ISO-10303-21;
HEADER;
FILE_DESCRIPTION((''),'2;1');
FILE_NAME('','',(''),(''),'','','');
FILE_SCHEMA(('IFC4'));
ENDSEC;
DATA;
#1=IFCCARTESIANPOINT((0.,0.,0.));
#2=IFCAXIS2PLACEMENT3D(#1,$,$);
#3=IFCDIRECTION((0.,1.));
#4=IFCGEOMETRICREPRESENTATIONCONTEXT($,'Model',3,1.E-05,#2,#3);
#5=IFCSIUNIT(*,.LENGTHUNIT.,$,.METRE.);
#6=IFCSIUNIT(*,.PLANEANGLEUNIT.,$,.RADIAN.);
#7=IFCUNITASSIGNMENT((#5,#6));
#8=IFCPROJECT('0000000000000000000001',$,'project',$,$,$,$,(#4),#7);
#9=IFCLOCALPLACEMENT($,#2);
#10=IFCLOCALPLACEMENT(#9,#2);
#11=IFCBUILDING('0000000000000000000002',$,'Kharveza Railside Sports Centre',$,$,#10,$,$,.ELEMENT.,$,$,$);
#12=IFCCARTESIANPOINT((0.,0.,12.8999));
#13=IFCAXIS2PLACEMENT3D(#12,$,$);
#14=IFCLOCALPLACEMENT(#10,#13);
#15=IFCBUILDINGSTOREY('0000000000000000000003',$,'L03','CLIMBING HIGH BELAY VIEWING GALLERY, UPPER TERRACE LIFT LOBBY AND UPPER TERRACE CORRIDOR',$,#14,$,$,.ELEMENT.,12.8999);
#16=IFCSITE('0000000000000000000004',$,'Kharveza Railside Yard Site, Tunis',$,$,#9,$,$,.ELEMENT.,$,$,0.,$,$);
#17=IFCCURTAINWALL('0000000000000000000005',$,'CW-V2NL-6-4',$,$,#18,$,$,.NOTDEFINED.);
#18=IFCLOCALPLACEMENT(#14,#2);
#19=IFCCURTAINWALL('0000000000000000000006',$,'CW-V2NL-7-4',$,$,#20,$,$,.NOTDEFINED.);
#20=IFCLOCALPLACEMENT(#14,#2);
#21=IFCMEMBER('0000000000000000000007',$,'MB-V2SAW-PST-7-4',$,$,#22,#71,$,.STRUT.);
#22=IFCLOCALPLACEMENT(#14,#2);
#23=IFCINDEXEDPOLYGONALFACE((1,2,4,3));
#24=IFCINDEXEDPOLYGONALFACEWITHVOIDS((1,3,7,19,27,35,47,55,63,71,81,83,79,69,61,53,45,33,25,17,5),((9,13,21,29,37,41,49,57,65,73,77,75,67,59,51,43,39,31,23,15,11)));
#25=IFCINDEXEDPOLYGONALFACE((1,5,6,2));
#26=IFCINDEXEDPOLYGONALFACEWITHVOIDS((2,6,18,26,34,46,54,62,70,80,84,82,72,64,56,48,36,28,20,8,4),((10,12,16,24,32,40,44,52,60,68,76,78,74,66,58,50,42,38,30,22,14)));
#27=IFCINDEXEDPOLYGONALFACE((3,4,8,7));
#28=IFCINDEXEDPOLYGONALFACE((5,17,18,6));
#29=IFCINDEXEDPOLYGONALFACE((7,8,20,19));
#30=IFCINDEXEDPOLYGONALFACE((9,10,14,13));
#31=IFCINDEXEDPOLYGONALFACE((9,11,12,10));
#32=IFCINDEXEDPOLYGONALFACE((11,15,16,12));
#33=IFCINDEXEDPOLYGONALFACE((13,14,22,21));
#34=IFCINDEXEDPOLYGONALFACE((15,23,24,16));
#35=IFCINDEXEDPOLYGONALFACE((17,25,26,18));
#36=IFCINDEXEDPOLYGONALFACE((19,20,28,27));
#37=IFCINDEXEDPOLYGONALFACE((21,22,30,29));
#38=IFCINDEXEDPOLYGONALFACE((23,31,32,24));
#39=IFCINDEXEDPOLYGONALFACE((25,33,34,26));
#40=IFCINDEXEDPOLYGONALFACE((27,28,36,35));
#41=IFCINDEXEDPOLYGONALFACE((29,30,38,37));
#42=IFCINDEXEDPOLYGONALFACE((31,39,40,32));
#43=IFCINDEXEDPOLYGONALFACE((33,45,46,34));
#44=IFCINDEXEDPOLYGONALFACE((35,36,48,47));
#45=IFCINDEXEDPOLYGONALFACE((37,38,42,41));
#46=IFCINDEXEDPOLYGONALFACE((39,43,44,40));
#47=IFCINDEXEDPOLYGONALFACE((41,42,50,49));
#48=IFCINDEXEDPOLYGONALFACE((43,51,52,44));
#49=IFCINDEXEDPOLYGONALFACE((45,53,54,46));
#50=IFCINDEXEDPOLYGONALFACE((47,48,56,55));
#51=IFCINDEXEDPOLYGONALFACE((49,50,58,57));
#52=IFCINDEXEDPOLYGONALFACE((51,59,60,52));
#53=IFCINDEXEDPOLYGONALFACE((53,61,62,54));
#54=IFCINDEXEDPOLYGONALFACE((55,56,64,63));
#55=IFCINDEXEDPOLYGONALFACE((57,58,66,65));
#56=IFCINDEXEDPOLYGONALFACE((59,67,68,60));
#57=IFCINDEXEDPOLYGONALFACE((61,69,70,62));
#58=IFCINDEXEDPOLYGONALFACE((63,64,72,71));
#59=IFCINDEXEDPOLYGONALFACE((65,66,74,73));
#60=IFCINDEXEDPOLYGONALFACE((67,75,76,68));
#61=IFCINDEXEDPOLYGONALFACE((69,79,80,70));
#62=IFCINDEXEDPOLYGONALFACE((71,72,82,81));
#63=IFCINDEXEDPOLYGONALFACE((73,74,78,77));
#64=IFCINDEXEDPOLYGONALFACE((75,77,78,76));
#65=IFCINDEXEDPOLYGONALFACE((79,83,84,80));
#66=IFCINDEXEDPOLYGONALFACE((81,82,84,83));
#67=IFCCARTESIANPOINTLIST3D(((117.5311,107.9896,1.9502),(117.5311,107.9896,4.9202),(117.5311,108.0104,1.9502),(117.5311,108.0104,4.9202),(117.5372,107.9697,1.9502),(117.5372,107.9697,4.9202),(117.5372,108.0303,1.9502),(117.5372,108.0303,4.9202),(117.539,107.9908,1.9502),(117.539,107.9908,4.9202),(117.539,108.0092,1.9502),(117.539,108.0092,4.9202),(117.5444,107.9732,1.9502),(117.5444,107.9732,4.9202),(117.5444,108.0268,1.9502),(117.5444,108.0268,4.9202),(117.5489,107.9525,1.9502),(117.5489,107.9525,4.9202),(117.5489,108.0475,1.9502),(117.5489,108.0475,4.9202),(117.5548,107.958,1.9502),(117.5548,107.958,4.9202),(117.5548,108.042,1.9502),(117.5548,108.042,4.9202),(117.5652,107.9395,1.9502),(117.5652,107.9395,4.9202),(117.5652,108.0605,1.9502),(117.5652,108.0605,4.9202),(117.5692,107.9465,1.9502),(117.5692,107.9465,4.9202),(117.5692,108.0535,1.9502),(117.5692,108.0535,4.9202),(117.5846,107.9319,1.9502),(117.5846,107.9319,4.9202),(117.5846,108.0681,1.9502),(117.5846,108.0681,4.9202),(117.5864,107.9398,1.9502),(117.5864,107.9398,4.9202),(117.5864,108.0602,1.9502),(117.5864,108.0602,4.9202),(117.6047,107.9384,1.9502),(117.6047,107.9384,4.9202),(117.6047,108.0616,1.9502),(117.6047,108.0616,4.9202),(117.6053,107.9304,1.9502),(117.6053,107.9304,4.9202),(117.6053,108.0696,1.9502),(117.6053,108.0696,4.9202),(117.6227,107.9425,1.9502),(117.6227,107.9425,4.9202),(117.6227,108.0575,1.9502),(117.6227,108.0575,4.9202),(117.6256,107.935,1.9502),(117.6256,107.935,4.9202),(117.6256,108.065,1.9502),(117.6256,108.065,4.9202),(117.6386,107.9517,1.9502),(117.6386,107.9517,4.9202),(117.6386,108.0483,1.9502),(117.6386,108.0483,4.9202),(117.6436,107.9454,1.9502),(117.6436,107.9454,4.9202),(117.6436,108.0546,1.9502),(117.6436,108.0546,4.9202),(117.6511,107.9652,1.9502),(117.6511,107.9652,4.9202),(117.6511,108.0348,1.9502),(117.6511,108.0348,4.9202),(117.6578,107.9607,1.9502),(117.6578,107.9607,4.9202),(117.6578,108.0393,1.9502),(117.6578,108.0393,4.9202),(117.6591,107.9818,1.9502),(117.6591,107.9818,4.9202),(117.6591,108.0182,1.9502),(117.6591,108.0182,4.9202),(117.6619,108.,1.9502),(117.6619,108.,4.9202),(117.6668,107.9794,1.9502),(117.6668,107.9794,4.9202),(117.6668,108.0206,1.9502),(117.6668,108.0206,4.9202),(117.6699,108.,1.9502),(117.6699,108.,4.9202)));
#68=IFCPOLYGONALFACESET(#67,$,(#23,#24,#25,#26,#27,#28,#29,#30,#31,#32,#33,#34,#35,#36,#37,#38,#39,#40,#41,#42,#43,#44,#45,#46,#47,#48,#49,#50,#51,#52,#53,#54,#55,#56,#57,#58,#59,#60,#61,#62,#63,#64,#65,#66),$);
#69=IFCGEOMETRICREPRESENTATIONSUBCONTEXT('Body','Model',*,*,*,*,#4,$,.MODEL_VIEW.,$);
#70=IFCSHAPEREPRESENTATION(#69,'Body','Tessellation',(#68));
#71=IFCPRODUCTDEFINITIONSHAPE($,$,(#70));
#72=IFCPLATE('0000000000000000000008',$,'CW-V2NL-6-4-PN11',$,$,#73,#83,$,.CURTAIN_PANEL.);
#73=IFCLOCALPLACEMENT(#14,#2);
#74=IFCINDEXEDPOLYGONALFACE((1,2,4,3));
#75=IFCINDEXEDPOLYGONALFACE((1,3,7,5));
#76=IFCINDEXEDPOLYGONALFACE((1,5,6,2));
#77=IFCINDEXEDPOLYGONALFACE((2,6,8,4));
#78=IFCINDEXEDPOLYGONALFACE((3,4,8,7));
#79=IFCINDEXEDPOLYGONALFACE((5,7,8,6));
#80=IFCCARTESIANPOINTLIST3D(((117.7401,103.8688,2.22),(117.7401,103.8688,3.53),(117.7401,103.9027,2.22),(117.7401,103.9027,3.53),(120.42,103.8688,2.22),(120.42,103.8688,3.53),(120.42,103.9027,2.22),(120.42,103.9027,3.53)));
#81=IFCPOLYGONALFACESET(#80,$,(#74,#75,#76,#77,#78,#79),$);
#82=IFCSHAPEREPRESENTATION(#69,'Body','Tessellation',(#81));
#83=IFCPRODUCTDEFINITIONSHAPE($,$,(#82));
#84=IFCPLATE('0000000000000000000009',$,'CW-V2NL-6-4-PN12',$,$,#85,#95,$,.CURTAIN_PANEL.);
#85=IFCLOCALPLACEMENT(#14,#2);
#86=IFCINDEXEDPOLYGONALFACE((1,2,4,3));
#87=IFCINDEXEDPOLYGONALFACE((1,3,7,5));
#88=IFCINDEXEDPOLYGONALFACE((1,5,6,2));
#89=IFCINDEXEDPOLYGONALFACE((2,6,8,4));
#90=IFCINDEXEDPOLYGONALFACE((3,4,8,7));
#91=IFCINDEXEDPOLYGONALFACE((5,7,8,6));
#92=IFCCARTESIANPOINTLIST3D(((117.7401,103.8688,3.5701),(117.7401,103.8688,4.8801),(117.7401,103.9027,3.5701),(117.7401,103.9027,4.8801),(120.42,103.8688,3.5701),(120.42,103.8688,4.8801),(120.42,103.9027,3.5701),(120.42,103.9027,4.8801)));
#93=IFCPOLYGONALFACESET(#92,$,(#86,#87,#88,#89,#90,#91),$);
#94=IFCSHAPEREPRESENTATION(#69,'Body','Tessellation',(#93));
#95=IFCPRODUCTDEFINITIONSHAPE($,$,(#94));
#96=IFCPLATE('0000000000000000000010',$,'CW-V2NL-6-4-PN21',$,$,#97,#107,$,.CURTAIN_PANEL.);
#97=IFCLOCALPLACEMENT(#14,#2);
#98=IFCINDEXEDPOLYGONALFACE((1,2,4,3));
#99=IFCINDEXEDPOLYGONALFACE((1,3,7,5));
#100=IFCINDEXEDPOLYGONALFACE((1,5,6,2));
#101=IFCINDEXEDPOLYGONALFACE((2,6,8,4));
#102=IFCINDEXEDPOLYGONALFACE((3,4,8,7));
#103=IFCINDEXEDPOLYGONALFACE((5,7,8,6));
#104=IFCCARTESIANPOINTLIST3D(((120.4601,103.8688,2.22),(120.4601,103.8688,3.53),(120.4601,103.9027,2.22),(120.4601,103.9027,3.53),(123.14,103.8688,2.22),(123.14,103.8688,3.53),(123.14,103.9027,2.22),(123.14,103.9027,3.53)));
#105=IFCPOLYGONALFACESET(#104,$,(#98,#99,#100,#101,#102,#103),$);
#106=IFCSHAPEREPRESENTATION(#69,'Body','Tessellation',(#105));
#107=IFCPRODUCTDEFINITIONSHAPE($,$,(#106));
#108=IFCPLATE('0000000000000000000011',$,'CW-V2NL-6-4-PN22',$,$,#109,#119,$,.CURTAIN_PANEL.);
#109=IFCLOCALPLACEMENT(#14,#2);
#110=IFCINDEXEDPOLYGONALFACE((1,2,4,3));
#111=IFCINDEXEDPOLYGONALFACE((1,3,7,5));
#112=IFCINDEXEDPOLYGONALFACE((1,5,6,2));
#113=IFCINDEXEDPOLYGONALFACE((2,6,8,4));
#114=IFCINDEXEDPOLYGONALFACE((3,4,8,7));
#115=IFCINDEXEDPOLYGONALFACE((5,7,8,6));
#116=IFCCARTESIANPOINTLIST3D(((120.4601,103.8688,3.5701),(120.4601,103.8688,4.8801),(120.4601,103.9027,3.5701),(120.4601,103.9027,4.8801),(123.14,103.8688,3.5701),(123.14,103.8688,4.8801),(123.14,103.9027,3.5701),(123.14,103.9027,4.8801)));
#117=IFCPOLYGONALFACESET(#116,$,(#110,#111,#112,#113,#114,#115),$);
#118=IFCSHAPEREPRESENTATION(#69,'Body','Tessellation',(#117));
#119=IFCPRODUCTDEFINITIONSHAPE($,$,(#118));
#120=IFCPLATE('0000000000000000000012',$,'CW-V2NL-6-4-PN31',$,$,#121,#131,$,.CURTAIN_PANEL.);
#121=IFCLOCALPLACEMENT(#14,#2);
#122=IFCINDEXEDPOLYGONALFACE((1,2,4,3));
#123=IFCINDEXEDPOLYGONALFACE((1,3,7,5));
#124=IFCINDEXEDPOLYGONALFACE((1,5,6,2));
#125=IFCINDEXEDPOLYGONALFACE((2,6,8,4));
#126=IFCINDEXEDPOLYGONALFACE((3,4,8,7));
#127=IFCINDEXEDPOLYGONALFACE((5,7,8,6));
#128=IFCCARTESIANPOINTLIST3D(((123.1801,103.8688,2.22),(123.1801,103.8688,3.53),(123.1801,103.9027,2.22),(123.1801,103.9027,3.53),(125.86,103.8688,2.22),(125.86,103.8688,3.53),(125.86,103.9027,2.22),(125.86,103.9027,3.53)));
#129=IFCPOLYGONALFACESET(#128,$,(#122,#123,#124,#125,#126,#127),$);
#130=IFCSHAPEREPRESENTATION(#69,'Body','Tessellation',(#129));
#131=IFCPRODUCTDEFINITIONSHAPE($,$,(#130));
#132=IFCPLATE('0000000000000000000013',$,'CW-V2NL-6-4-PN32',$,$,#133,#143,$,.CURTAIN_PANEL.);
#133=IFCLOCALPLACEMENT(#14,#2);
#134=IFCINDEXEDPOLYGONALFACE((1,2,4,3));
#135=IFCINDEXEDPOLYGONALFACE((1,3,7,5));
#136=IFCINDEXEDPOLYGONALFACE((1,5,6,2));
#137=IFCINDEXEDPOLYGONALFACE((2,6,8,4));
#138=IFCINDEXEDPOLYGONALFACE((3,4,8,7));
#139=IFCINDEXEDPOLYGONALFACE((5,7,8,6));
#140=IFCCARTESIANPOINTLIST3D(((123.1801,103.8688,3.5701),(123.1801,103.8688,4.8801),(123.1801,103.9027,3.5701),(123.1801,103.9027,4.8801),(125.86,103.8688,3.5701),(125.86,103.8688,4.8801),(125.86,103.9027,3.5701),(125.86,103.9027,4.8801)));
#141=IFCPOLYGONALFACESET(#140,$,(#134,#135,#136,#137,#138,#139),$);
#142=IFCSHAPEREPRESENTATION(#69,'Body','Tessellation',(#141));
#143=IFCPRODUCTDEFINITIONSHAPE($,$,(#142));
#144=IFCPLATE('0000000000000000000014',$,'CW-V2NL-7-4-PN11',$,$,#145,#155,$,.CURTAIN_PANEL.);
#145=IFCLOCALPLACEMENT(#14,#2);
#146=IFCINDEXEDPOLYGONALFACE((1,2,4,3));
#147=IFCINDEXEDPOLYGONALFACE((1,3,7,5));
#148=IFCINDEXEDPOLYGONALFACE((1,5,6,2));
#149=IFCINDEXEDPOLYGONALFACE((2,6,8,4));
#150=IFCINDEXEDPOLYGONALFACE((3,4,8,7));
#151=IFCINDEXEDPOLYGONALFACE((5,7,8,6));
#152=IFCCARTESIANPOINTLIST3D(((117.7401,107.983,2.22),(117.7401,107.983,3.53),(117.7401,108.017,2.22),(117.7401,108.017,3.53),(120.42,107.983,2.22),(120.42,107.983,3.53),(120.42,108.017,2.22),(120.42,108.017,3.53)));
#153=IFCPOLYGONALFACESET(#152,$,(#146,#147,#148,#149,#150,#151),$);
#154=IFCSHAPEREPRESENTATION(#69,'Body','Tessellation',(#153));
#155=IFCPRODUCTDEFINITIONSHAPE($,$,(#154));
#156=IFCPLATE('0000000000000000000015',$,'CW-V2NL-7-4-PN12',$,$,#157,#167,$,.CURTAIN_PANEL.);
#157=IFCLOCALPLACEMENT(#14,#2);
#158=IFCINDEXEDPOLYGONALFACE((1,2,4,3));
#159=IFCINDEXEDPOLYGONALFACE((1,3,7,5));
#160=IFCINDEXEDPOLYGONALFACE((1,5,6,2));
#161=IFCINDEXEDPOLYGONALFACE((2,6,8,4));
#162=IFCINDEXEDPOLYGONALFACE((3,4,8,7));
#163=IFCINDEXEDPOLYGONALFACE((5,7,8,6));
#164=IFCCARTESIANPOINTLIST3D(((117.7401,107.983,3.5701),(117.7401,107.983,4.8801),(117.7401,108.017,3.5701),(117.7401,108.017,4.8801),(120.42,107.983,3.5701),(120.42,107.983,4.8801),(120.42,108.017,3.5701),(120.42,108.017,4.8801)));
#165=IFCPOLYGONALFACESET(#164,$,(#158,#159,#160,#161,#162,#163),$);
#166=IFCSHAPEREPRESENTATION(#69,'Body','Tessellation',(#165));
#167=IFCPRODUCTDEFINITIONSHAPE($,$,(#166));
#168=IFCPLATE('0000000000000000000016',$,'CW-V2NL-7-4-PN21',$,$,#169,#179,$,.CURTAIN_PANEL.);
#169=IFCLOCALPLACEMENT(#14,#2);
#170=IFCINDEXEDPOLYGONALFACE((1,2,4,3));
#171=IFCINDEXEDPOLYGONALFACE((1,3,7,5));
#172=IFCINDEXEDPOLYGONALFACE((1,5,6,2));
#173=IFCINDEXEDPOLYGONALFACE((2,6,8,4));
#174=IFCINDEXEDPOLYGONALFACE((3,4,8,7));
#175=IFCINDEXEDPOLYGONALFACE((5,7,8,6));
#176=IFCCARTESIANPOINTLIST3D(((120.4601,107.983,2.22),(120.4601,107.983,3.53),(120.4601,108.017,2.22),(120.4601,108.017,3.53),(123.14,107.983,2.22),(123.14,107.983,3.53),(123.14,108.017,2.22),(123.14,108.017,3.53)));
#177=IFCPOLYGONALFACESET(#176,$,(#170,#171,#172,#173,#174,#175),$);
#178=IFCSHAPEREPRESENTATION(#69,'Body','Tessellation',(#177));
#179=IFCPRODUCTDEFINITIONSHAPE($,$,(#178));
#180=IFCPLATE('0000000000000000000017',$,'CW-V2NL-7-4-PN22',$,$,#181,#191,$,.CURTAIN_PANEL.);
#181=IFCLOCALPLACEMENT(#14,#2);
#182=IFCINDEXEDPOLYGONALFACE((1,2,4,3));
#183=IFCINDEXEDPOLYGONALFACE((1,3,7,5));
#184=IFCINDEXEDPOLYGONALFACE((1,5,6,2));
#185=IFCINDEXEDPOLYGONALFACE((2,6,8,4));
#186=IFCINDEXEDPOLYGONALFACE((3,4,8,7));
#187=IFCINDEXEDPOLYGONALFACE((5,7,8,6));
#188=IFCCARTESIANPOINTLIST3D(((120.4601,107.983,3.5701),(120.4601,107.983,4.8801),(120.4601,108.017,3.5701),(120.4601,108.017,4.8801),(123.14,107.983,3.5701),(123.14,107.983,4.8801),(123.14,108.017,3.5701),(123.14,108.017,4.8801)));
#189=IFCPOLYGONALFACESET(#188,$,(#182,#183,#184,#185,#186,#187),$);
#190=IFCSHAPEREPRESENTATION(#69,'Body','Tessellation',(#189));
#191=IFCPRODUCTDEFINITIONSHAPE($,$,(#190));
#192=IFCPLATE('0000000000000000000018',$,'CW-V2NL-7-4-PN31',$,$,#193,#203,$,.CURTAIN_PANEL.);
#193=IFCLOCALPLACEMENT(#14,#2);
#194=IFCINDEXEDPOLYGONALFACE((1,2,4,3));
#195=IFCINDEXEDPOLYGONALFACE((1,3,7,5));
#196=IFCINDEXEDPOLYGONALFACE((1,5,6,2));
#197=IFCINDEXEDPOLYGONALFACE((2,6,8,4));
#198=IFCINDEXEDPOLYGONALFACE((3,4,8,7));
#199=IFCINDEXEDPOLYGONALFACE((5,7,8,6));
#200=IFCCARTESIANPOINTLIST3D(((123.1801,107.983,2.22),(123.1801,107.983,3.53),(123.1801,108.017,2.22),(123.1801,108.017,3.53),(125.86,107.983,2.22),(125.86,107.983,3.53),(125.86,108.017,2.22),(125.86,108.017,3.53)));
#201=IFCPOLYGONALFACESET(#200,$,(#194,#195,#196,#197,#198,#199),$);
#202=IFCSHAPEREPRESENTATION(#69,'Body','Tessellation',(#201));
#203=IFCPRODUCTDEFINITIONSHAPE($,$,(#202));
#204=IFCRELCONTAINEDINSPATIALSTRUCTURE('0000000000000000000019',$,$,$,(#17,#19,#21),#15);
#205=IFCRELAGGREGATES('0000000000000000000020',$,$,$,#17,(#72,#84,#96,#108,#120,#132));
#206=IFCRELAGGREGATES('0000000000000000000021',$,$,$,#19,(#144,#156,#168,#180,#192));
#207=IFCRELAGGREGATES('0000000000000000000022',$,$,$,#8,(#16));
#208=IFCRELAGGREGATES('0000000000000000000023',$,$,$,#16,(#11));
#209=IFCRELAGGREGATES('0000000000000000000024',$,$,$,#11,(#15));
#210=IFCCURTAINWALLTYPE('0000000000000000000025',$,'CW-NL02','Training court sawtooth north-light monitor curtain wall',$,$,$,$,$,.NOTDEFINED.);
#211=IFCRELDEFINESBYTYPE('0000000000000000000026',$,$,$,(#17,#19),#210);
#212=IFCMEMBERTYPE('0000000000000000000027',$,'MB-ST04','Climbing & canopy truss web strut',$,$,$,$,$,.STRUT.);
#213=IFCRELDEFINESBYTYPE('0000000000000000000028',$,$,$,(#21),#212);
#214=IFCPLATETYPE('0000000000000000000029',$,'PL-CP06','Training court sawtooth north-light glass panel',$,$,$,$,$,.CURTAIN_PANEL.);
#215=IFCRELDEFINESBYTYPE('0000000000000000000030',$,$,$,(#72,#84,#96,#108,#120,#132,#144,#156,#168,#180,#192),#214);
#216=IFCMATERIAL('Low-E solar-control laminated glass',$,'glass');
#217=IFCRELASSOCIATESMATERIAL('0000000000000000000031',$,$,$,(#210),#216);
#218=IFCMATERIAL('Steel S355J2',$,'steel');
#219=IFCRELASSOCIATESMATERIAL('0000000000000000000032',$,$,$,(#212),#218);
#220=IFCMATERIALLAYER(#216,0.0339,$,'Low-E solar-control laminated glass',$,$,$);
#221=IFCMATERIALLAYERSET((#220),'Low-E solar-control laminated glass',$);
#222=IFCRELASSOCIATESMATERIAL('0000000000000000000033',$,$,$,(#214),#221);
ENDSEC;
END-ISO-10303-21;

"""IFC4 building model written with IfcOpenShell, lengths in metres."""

from ifc_helpers import new_model, si_unit, direction, frame, origin, origin_2d, place, context, subcontext, project, spatial, rectangle, hollow_circle, extrude, material, layer, layer_set, material_profile, profile_set, type_object, element, aggregate, save


model = new_model("IFC4")

# Units and contexts
model_context = context("Model", 3, precision=1e-05, world=origin(), true_north=direction((0.0, 1.0)))
body_context = subcontext(model_context, "Body", "Model", "MODEL_VIEW")
ifc_project = project(units=[si_unit("LENGTHUNIT", "METRE"), si_unit("PLANEANGLEUNIT", "RADIAN")], contexts=[model_context])

# Site, building, storey
site_placement = place(None, origin())
site = spatial("IfcSite", under=ifc_project, at=site_placement, Name="Kharveza Railside Yard Site, Tunis", CompositionType="ELEMENT", RefElevation=0.0)
building_placement = place(site_placement, origin())
building = spatial("IfcBuilding", under=site, at=building_placement, Name="Kharveza Railside Sports Centre", CompositionType="ELEMENT")
storey_placement = place(building_placement, frame((0.0, 0.0, 12.8999)))
storey = spatial("IfcBuildingStorey", under=building, at=storey_placement, Name="L03", Description="CLIMBING HIGH BELAY VIEWING GALLERY, UPPER TERRACE LIFT LOBBY AND UPPER TERRACE CORRIDOR", CompositionType="ELEMENT", Elevation=12.8999)

# Shared definitions
ifc_material_1 = material(Name="Steel S355J2", Category="steel")

# Curtain walls
ifc_material_2 = material(Name="Low-E solar-control laminated glass", Category="glass")
curtain_wall_type = type_object("IfcCurtainWallType", Name="CW-NL02", Description="Training court sawtooth north-light monitor curtain wall", PredefinedType="NOTDEFINED", material=ifc_material_2)
curtain_wall_1_placement = place(storey_placement, origin())
curtain_wall_1 = element("IfcCurtainWall", 1, at=curtain_wall_1_placement, inside=storey, type_object=curtain_wall_type, Name="CW-V2NL-6-4", PredefinedType="NOTDEFINED")
curtain_wall_2_placement = place(storey_placement, origin())
curtain_wall_2 = element("IfcCurtainWall", 2, at=curtain_wall_2_placement, inside=storey, type_object=curtain_wall_type, Name="CW-V2NL-7-4", PredefinedType="NOTDEFINED")

# Member
ifc_material_profile_1 = material_profile(ifc_material_1, hollow_circle(Radius=0.0698, WallThickness=0.0081, at=origin_2d()), Name="CHS 139.7x8.0")
ifc_profile_set_1 = profile_set([ifc_material_profile_1], Name="Steel S355J2")
member_type_1 = type_object("IfcMemberType", Name="MB-ST04", Description="Climbing & canopy truss web strut", PredefinedType="STRUT", material=ifc_profile_set_1)
member_1_placement = place(storey_placement, frame((117.6001, 108.0, 1.9502), z_axis=(0.0, 0.0, 1.0), x_axis=(1.0, 0.0, 0.0)))
element("IfcMember", 3, at=member_1_placement, inside=storey, type_object=member_type_1, Name="MB-V2SAW-PST-7-4", PredefinedType="STRUT", context=body_context, shape_type="SweptSolid", body=[
    extrude(hollow_circle(Radius=0.0698, WallThickness=0.0081, at=origin_2d()), origin(), (0.0, 0.0, 1.0), 2.97),
])

# Plates
ifc_layer_1 = layer(ifc_material_2, 0.0339, Name="Low-E solar-control laminated glass")
ifc_layer_set_1 = layer_set([ifc_layer_1], Name="Low-E solar-control laminated glass")
plate_type_1 = type_object("IfcPlateType", Name="PL-CP06", Description="Training court sawtooth north-light glass panel", PredefinedType="CURTAIN_PANEL", material=ifc_layer_set_1)
plate_1_placement = place(storey_placement, frame((119.0801, 103.8857, 2.22), z_axis=(0.0, 0.0, 1.0), x_axis=(1.0, 0.0, 0.0)))
plate_1 = element("IfcPlate", 4, at=plate_1_placement, type_object=plate_type_1, Name="CW-V2NL-6-4-PN11", PredefinedType="CURTAIN_PANEL", context=body_context, shape_type="SweptSolid", body=[
    extrude(rectangle(XDim=2.6799, YDim=0.0339, at=origin_2d()), origin(), (0.0, 0.0, 1.0), 1.3101),
])
plate_2_placement = place(storey_placement, frame((119.0801, 103.8857, 3.5701), z_axis=(0.0, 0.0, 1.0), x_axis=(1.0, 0.0, 0.0)))
plate_2 = element("IfcPlate", 5, at=plate_2_placement, type_object=plate_type_1, Name="CW-V2NL-6-4-PN12", PredefinedType="CURTAIN_PANEL", context=body_context, shape_type="SweptSolid", body=[
    extrude(rectangle(XDim=2.6799, YDim=0.0339, at=origin_2d()), origin(), (0.0, 0.0, 1.0), 1.3101),
])
plate_3_placement = place(storey_placement, frame((121.8, 103.8857, 2.22), z_axis=(0.0, 0.0, 1.0), x_axis=(1.0, 0.0, 0.0)))
plate_3 = element("IfcPlate", 6, at=plate_3_placement, type_object=plate_type_1, Name="CW-V2NL-6-4-PN21", PredefinedType="CURTAIN_PANEL", context=body_context, shape_type="SweptSolid", body=[
    extrude(rectangle(XDim=2.6799, YDim=0.0339, at=origin_2d()), origin(), (0.0, 0.0, 1.0), 1.3101),
])
plate_4_placement = place(storey_placement, frame((121.8, 103.8857, 3.5701), z_axis=(0.0, 0.0, 1.0), x_axis=(1.0, 0.0, 0.0)))
plate_4 = element("IfcPlate", 7, at=plate_4_placement, type_object=plate_type_1, Name="CW-V2NL-6-4-PN22", PredefinedType="CURTAIN_PANEL", context=body_context, shape_type="SweptSolid", body=[
    extrude(rectangle(XDim=2.6799, YDim=0.0339, at=origin_2d()), origin(), (0.0, 0.0, 1.0), 1.3101),
])
plate_5_placement = place(storey_placement, frame((124.52, 103.8857, 2.22), z_axis=(0.0, 0.0, 1.0), x_axis=(1.0, 0.0, 0.0)))
plate_5 = element("IfcPlate", 8, at=plate_5_placement, type_object=plate_type_1, Name="CW-V2NL-6-4-PN31", PredefinedType="CURTAIN_PANEL", context=body_context, shape_type="SweptSolid", body=[
    extrude(rectangle(XDim=2.6799, YDim=0.0339, at=origin_2d()), origin(), (0.0, 0.0, 1.0), 1.3101),
])
plate_6_placement = place(storey_placement, frame((124.52, 103.8857, 3.5701), z_axis=(0.0, 0.0, 1.0), x_axis=(1.0, 0.0, 0.0)))
plate_6 = element("IfcPlate", 9, at=plate_6_placement, type_object=plate_type_1, Name="CW-V2NL-6-4-PN32", PredefinedType="CURTAIN_PANEL", context=body_context, shape_type="SweptSolid", body=[
    extrude(rectangle(XDim=2.6799, YDim=0.0339, at=origin_2d()), origin(), (0.0, 0.0, 1.0), 1.3101),
])
aggregate(curtain_wall_1, [plate_1, plate_2, plate_3, plate_4, plate_5, plate_6])
plate_7_placement = place(storey_placement, frame((119.0801, 108.0, 2.22), z_axis=(0.0, 0.0, 1.0), x_axis=(1.0, 0.0, 0.0)))
plate_7 = element("IfcPlate", 10, at=plate_7_placement, type_object=plate_type_1, Name="CW-V2NL-7-4-PN11", PredefinedType="CURTAIN_PANEL", context=body_context, shape_type="SweptSolid", body=[
    extrude(rectangle(XDim=2.6799, YDim=0.0339, at=origin_2d()), origin(), (0.0, 0.0, 1.0), 1.3101),
])
plate_8_placement = place(storey_placement, frame((119.0801, 108.0, 3.5701), z_axis=(0.0, 0.0, 1.0), x_axis=(1.0, 0.0, 0.0)))
plate_8 = element("IfcPlate", 11, at=plate_8_placement, type_object=plate_type_1, Name="CW-V2NL-7-4-PN12", PredefinedType="CURTAIN_PANEL", context=body_context, shape_type="SweptSolid", body=[
    extrude(rectangle(XDim=2.6799, YDim=0.0339, at=origin_2d()), origin(), (0.0, 0.0, 1.0), 1.3101),
])
plate_9_placement = place(storey_placement, frame((121.8, 108.0, 2.22), z_axis=(0.0, 0.0, 1.0), x_axis=(1.0, 0.0, 0.0)))
plate_9 = element("IfcPlate", 12, at=plate_9_placement, type_object=plate_type_1, Name="CW-V2NL-7-4-PN21", PredefinedType="CURTAIN_PANEL", context=body_context, shape_type="SweptSolid", body=[
    extrude(rectangle(XDim=2.6799, YDim=0.0339, at=origin_2d()), origin(), (0.0, 0.0, 1.0), 1.3101),
])
plate_10_placement = place(storey_placement, frame((121.8, 108.0, 3.5701), z_axis=(0.0, 0.0, 1.0), x_axis=(1.0, 0.0, 0.0)))
plate_10 = element("IfcPlate", 13, at=plate_10_placement, type_object=plate_type_1, Name="CW-V2NL-7-4-PN22", PredefinedType="CURTAIN_PANEL", context=body_context, shape_type="SweptSolid", body=[
    extrude(rectangle(XDim=2.6799, YDim=0.0339, at=origin_2d()), origin(), (0.0, 0.0, 1.0), 1.3101),
])
plate_11_placement = place(storey_placement, frame((124.52, 108.0, 2.22), z_axis=(0.0, 0.0, 1.0), x_axis=(1.0, 0.0, 0.0)))
plate_11 = element("IfcPlate", 14, at=plate_11_placement, type_object=plate_type_1, Name="CW-V2NL-7-4-PN31", PredefinedType="CURTAIN_PANEL", context=body_context, shape_type="SweptSolid", body=[
    extrude(rectangle(XDim=2.6799, YDim=0.0339, at=origin_2d()), origin(), (0.0, 0.0, 1.0), 1.3101),
])
aggregate(curtain_wall_2, [plate_7, plate_8, plate_9, plate_10, plate_11])

save(model, "model.ifc")
